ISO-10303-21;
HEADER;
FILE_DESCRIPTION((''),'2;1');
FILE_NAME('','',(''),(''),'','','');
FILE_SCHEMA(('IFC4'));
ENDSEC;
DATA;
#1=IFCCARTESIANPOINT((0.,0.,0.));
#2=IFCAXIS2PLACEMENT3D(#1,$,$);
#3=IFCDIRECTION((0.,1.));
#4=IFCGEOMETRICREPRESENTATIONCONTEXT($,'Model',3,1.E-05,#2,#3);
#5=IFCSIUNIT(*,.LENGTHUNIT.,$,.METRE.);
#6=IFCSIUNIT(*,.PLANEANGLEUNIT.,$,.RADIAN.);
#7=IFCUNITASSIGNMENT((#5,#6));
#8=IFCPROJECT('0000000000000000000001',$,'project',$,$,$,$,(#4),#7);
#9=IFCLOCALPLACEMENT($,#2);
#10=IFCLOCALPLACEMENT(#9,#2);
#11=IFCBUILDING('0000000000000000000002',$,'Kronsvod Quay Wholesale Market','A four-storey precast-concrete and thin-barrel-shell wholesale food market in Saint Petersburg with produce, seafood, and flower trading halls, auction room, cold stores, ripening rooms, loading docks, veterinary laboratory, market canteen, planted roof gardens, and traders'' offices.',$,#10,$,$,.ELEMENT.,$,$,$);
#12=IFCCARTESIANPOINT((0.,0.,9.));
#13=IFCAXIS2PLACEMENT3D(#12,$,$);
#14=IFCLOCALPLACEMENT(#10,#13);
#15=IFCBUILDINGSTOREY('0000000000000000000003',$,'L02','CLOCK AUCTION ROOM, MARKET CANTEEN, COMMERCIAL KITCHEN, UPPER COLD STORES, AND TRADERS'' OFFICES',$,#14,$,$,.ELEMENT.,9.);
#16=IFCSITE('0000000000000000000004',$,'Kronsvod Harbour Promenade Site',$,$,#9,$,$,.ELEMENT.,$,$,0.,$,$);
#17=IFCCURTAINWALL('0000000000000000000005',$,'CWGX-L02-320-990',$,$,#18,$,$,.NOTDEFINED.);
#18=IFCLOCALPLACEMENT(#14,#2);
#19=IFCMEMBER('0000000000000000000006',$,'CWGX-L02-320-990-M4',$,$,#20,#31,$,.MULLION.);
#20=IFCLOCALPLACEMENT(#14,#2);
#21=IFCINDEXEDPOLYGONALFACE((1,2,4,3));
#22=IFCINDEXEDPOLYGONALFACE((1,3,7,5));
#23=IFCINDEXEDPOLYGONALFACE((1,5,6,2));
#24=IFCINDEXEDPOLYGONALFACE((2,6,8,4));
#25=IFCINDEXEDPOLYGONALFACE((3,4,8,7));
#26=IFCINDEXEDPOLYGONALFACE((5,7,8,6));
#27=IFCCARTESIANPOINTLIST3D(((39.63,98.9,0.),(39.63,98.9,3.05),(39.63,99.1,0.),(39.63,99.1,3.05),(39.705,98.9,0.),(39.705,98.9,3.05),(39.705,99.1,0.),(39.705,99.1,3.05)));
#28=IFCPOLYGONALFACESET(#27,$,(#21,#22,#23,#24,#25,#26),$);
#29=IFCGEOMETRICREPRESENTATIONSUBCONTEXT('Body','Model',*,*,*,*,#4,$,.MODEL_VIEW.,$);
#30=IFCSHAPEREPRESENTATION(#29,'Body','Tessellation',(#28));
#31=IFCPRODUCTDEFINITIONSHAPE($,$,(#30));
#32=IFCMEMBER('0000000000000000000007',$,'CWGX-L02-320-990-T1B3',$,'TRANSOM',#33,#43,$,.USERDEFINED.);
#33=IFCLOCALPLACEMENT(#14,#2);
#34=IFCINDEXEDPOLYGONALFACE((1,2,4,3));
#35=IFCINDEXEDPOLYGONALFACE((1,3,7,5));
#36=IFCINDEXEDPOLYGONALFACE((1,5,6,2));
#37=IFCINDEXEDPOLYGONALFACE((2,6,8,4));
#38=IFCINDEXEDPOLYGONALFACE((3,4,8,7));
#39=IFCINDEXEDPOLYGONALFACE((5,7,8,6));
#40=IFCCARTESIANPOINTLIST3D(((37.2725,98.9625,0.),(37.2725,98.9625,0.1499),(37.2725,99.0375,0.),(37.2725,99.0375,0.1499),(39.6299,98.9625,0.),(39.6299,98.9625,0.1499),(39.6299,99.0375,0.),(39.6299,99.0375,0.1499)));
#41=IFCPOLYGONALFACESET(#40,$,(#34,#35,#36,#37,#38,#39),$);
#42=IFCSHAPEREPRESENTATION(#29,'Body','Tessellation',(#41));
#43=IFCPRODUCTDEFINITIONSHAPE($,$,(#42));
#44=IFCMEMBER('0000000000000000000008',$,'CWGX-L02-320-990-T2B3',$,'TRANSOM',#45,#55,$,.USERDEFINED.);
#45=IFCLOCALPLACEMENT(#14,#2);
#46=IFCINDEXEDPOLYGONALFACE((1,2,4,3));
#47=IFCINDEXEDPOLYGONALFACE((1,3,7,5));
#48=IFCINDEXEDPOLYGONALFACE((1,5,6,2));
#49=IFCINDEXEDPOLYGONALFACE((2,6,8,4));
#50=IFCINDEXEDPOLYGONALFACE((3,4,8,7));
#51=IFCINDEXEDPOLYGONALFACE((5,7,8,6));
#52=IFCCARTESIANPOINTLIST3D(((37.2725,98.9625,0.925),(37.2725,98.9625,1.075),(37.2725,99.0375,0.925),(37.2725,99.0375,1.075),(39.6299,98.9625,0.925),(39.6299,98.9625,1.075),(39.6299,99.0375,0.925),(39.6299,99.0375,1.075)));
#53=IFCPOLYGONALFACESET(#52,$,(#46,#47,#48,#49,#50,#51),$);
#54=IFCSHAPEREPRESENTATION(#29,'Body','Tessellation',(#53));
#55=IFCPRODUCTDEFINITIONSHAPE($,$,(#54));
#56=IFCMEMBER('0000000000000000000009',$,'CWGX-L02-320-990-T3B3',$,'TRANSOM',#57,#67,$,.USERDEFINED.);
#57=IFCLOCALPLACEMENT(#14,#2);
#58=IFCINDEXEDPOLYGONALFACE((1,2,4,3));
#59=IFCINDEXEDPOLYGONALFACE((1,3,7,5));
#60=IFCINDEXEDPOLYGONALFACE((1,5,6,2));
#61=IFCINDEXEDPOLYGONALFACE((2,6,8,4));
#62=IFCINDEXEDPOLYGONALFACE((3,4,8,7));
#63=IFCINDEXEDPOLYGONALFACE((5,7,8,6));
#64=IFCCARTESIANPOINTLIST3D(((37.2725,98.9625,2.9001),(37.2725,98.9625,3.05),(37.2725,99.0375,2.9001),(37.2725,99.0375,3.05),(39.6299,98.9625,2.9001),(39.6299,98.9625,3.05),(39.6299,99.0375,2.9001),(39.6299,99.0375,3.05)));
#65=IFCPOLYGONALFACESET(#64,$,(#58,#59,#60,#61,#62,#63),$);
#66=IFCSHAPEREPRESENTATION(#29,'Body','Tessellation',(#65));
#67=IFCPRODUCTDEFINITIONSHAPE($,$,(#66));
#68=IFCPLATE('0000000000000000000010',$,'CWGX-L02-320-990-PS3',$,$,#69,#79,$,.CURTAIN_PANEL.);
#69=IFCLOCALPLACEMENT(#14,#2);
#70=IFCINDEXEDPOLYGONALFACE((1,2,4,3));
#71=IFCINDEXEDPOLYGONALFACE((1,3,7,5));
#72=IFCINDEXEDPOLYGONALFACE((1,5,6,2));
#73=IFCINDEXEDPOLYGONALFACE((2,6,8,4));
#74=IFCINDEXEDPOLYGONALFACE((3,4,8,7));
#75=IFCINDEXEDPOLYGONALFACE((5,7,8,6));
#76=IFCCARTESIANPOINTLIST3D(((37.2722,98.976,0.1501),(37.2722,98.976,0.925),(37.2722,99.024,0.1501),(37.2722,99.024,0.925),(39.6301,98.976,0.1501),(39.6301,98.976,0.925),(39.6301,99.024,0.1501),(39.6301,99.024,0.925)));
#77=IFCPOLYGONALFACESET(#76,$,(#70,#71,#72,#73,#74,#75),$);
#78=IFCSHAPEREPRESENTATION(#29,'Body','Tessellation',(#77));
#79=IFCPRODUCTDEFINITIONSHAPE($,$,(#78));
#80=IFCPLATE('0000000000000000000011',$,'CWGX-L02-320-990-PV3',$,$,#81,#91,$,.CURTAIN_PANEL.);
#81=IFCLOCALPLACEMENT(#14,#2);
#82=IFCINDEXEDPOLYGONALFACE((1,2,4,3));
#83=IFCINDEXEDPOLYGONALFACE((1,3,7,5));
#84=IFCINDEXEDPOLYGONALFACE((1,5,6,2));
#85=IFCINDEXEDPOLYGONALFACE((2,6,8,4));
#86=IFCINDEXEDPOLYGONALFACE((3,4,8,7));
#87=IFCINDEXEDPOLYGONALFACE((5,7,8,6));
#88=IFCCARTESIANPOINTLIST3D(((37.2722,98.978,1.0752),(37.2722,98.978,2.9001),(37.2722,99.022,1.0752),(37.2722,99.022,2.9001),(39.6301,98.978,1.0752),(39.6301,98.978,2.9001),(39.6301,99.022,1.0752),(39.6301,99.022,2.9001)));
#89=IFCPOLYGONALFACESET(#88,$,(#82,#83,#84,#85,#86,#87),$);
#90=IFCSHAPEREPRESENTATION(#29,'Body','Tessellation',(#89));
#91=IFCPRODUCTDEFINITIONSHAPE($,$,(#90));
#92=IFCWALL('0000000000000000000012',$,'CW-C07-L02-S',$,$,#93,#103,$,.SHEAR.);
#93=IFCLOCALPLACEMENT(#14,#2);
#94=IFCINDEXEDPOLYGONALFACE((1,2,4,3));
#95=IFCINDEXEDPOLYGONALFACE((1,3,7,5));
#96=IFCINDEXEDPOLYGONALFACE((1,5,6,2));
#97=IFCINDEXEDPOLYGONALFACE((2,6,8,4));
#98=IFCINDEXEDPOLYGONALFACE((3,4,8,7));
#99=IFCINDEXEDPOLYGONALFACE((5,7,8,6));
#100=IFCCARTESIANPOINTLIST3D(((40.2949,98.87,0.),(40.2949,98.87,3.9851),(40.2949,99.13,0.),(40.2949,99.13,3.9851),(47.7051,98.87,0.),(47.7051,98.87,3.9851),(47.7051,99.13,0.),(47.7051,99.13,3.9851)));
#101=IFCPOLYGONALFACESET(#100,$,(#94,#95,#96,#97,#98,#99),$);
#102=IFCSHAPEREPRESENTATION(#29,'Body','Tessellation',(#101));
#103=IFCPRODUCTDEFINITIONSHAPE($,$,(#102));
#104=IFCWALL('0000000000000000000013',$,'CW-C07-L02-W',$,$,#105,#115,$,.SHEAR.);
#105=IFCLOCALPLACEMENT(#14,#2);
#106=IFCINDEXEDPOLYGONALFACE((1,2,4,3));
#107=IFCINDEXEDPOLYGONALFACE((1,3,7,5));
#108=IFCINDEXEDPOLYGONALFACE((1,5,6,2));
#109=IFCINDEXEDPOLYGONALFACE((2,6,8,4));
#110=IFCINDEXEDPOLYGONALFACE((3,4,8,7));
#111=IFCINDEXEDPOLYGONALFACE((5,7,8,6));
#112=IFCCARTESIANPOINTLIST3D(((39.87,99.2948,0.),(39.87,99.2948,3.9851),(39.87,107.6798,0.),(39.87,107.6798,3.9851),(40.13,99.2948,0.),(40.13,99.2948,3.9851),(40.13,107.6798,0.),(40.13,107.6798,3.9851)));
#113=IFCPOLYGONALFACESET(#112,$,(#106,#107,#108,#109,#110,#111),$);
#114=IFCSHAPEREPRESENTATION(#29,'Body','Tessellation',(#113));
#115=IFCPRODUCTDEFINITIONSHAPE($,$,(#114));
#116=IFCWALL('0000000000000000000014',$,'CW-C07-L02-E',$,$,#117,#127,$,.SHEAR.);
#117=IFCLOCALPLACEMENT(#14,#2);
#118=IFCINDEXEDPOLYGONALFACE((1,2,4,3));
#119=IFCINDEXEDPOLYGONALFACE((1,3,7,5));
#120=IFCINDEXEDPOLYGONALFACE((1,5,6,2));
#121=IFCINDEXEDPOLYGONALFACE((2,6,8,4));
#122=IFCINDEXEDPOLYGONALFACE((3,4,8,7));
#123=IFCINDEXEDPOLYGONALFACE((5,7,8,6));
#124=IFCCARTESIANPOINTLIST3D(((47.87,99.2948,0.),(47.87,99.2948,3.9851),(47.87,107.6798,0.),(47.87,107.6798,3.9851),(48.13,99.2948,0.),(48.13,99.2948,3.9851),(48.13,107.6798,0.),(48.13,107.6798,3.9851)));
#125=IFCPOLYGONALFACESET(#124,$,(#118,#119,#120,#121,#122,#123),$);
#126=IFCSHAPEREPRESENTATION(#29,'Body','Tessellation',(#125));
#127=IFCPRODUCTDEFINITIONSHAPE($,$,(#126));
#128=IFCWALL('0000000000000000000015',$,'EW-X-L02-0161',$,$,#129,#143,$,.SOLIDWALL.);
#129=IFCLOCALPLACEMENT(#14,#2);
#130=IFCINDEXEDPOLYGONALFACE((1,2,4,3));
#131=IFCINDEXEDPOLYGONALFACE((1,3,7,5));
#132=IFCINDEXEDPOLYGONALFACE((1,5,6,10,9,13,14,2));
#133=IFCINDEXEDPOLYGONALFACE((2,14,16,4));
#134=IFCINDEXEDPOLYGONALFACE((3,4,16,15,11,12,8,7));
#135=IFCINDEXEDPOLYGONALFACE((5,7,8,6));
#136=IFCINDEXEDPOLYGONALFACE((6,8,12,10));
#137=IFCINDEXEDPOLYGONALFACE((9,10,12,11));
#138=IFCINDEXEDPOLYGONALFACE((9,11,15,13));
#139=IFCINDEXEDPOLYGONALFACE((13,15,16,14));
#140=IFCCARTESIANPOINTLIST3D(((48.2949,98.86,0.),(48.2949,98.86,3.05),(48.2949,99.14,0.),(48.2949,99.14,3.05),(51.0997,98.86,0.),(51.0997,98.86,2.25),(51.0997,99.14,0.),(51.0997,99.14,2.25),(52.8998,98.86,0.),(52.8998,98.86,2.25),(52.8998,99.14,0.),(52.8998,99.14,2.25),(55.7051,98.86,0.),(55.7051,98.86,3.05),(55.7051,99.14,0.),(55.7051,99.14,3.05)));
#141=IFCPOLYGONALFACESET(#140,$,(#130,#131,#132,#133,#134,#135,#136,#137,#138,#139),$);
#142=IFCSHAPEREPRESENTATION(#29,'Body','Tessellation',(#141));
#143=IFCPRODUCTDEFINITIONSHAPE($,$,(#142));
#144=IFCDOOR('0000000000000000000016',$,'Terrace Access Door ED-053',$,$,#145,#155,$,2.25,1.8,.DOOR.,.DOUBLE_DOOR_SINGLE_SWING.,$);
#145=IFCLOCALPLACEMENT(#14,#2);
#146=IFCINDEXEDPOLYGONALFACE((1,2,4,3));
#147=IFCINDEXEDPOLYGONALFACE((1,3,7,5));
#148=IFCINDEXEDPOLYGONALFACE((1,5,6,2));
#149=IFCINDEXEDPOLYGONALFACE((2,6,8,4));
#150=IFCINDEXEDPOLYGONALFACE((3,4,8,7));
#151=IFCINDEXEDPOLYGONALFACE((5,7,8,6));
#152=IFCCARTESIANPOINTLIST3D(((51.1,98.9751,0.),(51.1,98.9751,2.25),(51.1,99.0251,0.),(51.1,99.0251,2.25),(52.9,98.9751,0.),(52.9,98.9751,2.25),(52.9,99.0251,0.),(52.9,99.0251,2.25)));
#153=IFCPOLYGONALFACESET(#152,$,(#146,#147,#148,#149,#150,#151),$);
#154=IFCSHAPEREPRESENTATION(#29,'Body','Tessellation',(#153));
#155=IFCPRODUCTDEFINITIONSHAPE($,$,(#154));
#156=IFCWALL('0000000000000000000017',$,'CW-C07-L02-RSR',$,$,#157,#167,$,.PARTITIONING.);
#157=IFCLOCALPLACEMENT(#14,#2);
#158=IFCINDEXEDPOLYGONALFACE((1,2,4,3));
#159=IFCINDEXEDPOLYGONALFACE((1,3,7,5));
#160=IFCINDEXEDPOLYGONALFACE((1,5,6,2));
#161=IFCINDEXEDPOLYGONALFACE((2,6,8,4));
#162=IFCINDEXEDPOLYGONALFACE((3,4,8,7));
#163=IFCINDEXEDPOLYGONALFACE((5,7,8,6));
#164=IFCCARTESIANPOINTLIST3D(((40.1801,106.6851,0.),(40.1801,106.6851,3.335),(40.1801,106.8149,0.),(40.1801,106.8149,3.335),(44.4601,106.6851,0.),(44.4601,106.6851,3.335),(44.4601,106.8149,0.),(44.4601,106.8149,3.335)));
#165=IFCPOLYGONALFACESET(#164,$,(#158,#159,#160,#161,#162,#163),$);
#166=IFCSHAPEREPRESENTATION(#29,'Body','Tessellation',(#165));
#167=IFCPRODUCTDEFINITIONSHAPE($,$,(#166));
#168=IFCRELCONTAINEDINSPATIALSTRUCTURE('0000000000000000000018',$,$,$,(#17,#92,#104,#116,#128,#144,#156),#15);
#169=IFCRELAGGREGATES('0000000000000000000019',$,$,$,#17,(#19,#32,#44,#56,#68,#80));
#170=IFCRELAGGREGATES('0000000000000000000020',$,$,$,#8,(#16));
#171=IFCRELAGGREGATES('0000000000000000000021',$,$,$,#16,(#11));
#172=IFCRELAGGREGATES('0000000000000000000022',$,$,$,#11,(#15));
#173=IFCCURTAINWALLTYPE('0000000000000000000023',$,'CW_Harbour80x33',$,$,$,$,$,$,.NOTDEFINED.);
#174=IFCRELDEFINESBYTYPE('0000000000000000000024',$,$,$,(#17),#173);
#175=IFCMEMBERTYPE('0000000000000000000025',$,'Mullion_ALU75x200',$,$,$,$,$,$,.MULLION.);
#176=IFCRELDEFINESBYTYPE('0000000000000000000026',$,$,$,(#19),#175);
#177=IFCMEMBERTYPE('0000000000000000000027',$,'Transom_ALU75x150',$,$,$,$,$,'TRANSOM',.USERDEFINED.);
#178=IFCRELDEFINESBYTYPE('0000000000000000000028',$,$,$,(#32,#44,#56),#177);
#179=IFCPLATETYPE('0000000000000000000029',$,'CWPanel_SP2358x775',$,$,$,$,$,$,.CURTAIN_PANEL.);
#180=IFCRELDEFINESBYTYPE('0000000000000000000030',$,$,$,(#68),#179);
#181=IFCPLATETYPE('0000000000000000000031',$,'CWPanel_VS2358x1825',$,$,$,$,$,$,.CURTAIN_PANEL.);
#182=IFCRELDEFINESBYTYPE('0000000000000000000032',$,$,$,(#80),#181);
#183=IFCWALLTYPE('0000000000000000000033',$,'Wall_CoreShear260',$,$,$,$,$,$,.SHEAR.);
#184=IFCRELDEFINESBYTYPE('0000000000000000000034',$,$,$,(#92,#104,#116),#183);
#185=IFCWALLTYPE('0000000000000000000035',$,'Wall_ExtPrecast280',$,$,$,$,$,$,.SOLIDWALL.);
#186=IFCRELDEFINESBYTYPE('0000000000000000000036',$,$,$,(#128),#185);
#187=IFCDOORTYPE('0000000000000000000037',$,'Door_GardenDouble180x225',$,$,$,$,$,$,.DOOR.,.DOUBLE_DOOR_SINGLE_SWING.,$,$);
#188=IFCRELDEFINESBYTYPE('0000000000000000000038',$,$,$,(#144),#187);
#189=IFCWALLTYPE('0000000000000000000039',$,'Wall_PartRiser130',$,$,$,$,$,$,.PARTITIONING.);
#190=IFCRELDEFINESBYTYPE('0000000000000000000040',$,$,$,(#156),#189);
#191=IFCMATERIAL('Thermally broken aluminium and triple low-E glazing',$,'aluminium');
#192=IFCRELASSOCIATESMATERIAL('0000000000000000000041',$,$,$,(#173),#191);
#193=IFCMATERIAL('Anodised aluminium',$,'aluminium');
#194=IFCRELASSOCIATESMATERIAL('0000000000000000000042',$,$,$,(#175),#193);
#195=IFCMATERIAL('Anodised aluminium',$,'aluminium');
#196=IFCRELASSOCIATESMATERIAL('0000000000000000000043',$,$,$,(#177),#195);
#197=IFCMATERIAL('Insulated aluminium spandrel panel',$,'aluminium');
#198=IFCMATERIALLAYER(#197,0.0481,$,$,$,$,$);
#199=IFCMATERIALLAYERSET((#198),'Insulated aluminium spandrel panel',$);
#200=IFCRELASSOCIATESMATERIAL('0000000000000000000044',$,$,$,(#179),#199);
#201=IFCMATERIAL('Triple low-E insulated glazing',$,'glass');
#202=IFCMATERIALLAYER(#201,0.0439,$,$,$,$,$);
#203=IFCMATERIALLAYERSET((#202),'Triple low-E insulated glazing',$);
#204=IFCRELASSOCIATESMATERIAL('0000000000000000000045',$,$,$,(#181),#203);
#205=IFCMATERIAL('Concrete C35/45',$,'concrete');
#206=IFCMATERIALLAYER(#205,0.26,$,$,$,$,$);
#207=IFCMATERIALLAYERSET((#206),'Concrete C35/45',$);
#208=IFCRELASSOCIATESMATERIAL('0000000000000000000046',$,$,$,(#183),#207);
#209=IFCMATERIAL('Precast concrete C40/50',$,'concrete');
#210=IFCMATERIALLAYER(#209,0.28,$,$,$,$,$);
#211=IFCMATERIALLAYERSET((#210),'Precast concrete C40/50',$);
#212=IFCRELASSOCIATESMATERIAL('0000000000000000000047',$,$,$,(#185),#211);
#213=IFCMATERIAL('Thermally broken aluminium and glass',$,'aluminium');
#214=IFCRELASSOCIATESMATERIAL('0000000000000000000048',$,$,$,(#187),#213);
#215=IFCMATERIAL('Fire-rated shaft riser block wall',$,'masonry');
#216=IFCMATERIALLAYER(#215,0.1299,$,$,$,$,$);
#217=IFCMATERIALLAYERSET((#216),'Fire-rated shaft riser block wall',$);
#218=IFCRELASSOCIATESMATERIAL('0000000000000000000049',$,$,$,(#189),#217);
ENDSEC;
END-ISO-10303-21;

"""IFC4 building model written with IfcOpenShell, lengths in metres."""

from ifc_helpers import new_model, si_unit, direction, frame, frame_2d, origin, origin_2d, place, context, subcontext, project, spatial, rectangle, extrude, material, layer, layer_set, material_profile, profile_set, type_object, element, fill, aggregate, save


model = new_model("IFC4")

# Units and contexts
model_context = context("Model", 3, precision=1e-05, world=origin(), true_north=direction((0.0, 1.0)))
body_context = subcontext(model_context, "Body", "Model", "MODEL_VIEW")
ifc_project = project(units=[si_unit("LENGTHUNIT", "METRE"), si_unit("PLANEANGLEUNIT", "RADIAN")], contexts=[model_context])

# Site, building, storey
site_placement = place(None, origin())
site = spatial("IfcSite", under=ifc_project, at=site_placement, Name="Kronsvod Harbour Promenade Site", CompositionType="ELEMENT", RefElevation=0.0)
building_placement = place(site_placement, origin())
building = spatial("IfcBuilding", under=site, at=building_placement, Name="Kronsvod Quay Wholesale Market", Description="A four-storey precast-concrete and thin-barrel-shell wholesale food market in Saint Petersburg with produce, seafood, and flower trading halls, auction room, cold stores, ripening rooms, loading docks, veterinary laboratory, market canteen, planted roof gardens, and traders' offices.", CompositionType="ELEMENT")
storey_placement = place(building_placement, frame((0.0, 0.0, 9.0)))
storey = spatial("IfcBuildingStorey", under=building, at=storey_placement, Name="L02", Description="CLOCK AUCTION ROOM, MARKET CANTEEN, COMMERCIAL KITCHEN, UPPER COLD STORES, AND TRADERS' OFFICES", CompositionType="ELEMENT", Elevation=9.0)

# Curtain wall, members, plates
ifc_material_1 = material(Name="Thermally broken aluminium and triple low-E glazing", Category="aluminium")
curtain_wall_type = type_object("IfcCurtainWallType", Name="CW_Harbour80x33", PredefinedType="NOTDEFINED", material=ifc_material_1)
curtain_wall_placement = place(storey_placement, origin())
curtain_wall = element("IfcCurtainWall", 1, at=curtain_wall_placement, inside=storey, type_object=curtain_wall_type, Name="CWGX-L02-320-990", PredefinedType="NOTDEFINED")
ifc_material_2 = material(Name="Anodised aluminium", Category="aluminium")
ifc_material_profile_1 = material_profile(ifc_material_2, rectangle(XDim=0.075, YDim=0.2, at=origin_2d()), Name="ALUM75x200")
ifc_profile_set_1 = profile_set([ifc_material_profile_1], Name="Anodised aluminium")
member_type_1 = type_object("IfcMemberType", Name="Mullion_ALU75x200", PredefinedType="MULLION", material=ifc_profile_set_1)
member_1_placement = place(storey_placement, frame((39.6675, 99.0, 0.0), z_axis=(0.0, 0.0, 1.0), x_axis=(1.0, 0.0, 0.0)))
member_1 = element("IfcMember", 2, at=member_1_placement, type_object=member_type_1, Name="CWGX-L02-320-990-M4", PredefinedType="MULLION", context=body_context, shape_type="SweptSolid", body=[
    extrude(rectangle(XDim=0.075, YDim=0.2, at=origin_2d()), origin(), (0.0, 0.0, 1.0), 3.05),
])
ifc_material_3 = material(Name="Anodised aluminium", Category="aluminium")
ifc_material_profile_2 = material_profile(ifc_material_3, rectangle(XDim=0.075, YDim=0.1499, at=origin_2d()), Name="ALUT75x150")
ifc_profile_set_2 = profile_set([ifc_material_profile_2], Name="Anodised aluminium")
member_type_2 = type_object("IfcMemberType", Name="Transom_ALU75x150", ElementType="TRANSOM", PredefinedType="USERDEFINED", material=ifc_profile_set_2)
member_2_placement = place(storey_placement, frame((37.2725, 99.0, 0.075), z_axis=(1.0, 0.0, 0.0), x_axis=(0.0, 1.0, 0.0)))
member_2 = element("IfcMember", 3, at=member_2_placement, type_object=member_type_2, Name="CWGX-L02-320-990-T1B3", ObjectType="TRANSOM", PredefinedType="USERDEFINED", context=body_context, shape_type="SweptSolid", body=[
    extrude(rectangle(XDim=0.075, YDim=0.1499, at=origin_2d()), origin(), (0.0, 0.0, 1.0), 2.3574),
])
member_3_placement = place(storey_placement, frame((37.2725, 99.0, 1.0), z_axis=(1.0, 0.0, 0.0), x_axis=(0.0, 1.0, 0.0)))
member_3 = element("IfcMember", 4, at=member_3_placement, type_object=member_type_2, Name="CWGX-L02-320-990-T2B3", ObjectType="TRANSOM", PredefinedType="USERDEFINED", context=body_context, shape_type="SweptSolid", body=[
    extrude(rectangle(XDim=0.075, YDim=0.1499, at=origin_2d()), origin(), (0.0, 0.0, 1.0), 2.3574),
])
member_4_placement = place(storey_placement, frame((37.2725, 99.0, 2.9751), z_axis=(1.0, 0.0, 0.0), x_axis=(0.0, 1.0, 0.0)))
member_4 = element("IfcMember", 5, at=member_4_placement, type_object=member_type_2, Name="CWGX-L02-320-990-T3B3", ObjectType="TRANSOM", PredefinedType="USERDEFINED", context=body_context, shape_type="SweptSolid", body=[
    extrude(rectangle(XDim=0.075, YDim=0.1499, at=origin_2d()), origin(), (0.0, 0.0, 1.0), 2.3574),
])
ifc_material_4 = material(Name="Insulated aluminium spandrel panel", Category="aluminium")
ifc_layer_1 = layer(ifc_material_4, 0.0481)
ifc_layer_set_1 = layer_set([ifc_layer_1], Name="Insulated aluminium spandrel panel")
plate_type_1 = type_object("IfcPlateType", Name="CWPanel_SP2358x775", PredefinedType="CURTAIN_PANEL", material=ifc_layer_set_1)
plate_1_placement = place(storey_placement, frame((38.4512, 99.0, 0.1501), z_axis=(0.0, 0.0, 1.0), x_axis=(1.0, 0.0, 0.0)))
plate_1 = element("IfcPlate", 6, at=plate_1_placement, type_object=plate_type_1, Name="CWGX-L02-320-990-PS3", PredefinedType="CURTAIN_PANEL", context=body_context, shape_type="SweptSolid", body=[
    extrude(rectangle(XDim=2.3579, YDim=0.0481, at=origin_2d()), origin(), (0.0, 0.0, 1.0), 0.7749),
])
ifc_material_5 = material(Name="Triple low-E insulated glazing", Category="glass")
ifc_layer_2 = layer(ifc_material_5, 0.0439)
ifc_layer_set_2 = layer_set([ifc_layer_2], Name="Triple low-E insulated glazing")
plate_type_2 = type_object("IfcPlateType", Name="CWPanel_VS2358x1825", PredefinedType="CURTAIN_PANEL", material=ifc_layer_set_2)
plate_2_placement = place(storey_placement, frame((38.4512, 99.0, 1.0752), z_axis=(0.0, 0.0, 1.0), x_axis=(1.0, 0.0, 0.0)))
plate_2 = element("IfcPlate", 7, at=plate_2_placement, type_object=plate_type_2, Name="CWGX-L02-320-990-PV3", PredefinedType="CURTAIN_PANEL", context=body_context, shape_type="SweptSolid", body=[
    extrude(rectangle(XDim=2.3579, YDim=0.0439, at=origin_2d()), origin(), (0.0, 0.0, 1.0), 1.825),
])
aggregate(curtain_wall, [member_1, member_2, member_3, member_4, plate_1, plate_2])

# Walls
ifc_material_6 = material(Name="Concrete C35/45", Category="concrete")
ifc_layer_3 = layer(ifc_material_6, 0.26)
ifc_layer_set_3 = layer_set([ifc_layer_3], Name="Concrete C35/45")
wall_type_1 = type_object("IfcWallType", Name="Wall_CoreShear260", PredefinedType="SHEAR", material=ifc_layer_set_3)
wall_1_placement = place(storey_placement, frame((40.2949, 99.0, 0.0), z_axis=(0.0, 0.0, 1.0), x_axis=(1.0, 0.0, 0.0)))
element("IfcWall", 8, at=wall_1_placement, inside=storey, type_object=wall_type_1, Name="CW-C07-L02-S", PredefinedType="SHEAR", context=body_context, shape_type="SweptSolid", body=[
    extrude(rectangle(XDim=7.4102, YDim=0.26, at=frame_2d((3.7051, 0.0))), origin(), (0.0, 0.0, 1.0), 3.9851),
])
for number, where, z_axis, x_axis, name in (
    (9, (40.0, 99.2949, 0.0), (0.0, 0.0, 1.0), (0.0, 1.0, 0.0), "CW-C07-L02-W"),
    (10, (48.0, 99.2949, 0.0), (0.0, 0.0, 1.0), (0.0, 1.0, 0.0), "CW-C07-L02-E"),
):
    element("IfcWall", number, at=place(storey_placement, frame(where, z_axis=z_axis, x_axis=x_axis)), inside=storey, type_object=wall_type_1, Name=name, PredefinedType="SHEAR", context=body_context, shape_type="SweptSolid", body=[
        extrude(rectangle(XDim=8.385, YDim=0.26, at=frame_2d((4.1924, 0.0))), origin(), (0.0, 0.0, 1.0), 3.9851),
    ])

# Wall, opening, door
ifc_material_7 = material(Name="Precast concrete C40/50", Category="concrete")
ifc_layer_4 = layer(ifc_material_7, 0.28)
ifc_layer_set_4 = layer_set([ifc_layer_4], Name="Precast concrete C40/50")
wall_type_2 = type_object("IfcWallType", Name="Wall_ExtPrecast280", PredefinedType="SOLIDWALL", material=ifc_layer_set_4)
wall_2_placement = place(storey_placement, frame((48.2949, 99.0, 0.0), z_axis=(0.0, 0.0, 1.0), x_axis=(1.0, 0.0, 0.0)))
wall_2 = element("IfcWall", 11, at=wall_2_placement, inside=storey, type_object=wall_type_2, Name="EW-X-L02-0161", PredefinedType="SOLIDWALL", context=body_context, shape_type="SweptSolid", body=[
    extrude(rectangle(XDim=7.4102, YDim=0.28, at=frame_2d((3.7051, 0.0))), origin(), (0.0, 0.0, 1.0), 3.05),
])
opening_1_placement = place(wall_2_placement, frame((2.8049, 0.0, 0.0)))
opening_1 = element("IfcOpeningElement", 12, at=opening_1_placement, cuts=wall_2, PredefinedType="OPENING", context=body_context, shape_type="SweptSolid", body=[
    extrude(rectangle(XDim=1.8, YDim=2.25, at=frame_2d((0.8999, 1.125))), frame((0.0, 0.1499, 0.0), z_axis=(0.0, -1.0, 0.0), x_axis=(1.0, 0.0, 0.0)), (0.0, 0.0, 1.0), 0.3),
])
ifc_material_8 = material(Name="Thermally broken aluminium and glass", Category="aluminium")
door_type_1 = type_object("IfcDoorType", Name="Door_GardenDouble180x225", OperationType="DOUBLE_DOOR_SINGLE_SWING", PredefinedType="DOOR", material=ifc_material_8)
door_1_placement = place(opening_1_placement, frame((1.8, 0.0, 0.0), z_axis=(0.0, 0.0, 1.0), x_axis=(-1.0, 0.0, 0.0)))
door_1 = element("IfcDoor", 13, at=door_1_placement, inside=storey, type_object=door_type_1, Name="Terrace Access Door ED-053", OperationType="DOUBLE_DOOR_SINGLE_SWING", OverallHeight=2.25, OverallWidth=1.8, PredefinedType="DOOR", context=body_context, shape_type="SweptSolid", body=[
    extrude(rectangle(XDim=1.8, YDim=2.25, at=frame_2d((0.8999, 1.125))), frame((0.0, 0.0249, 0.0), z_axis=(0.0, -1.0, 0.0), x_axis=(1.0, 0.0, 0.0)), (0.0, 0.0, 1.0), 0.05),
])
fill(opening_1, door_1)

# Wall
ifc_material_9 = material(Name="Fire-rated shaft riser block wall", Category="masonry")
ifc_layer_5 = layer(ifc_material_9, 0.1299)
ifc_layer_set_5 = layer_set([ifc_layer_5], Name="Fire-rated shaft riser block wall")
wall_type_3 = type_object("IfcWallType", Name="Wall_PartRiser130", PredefinedType="PARTITIONING", material=ifc_layer_set_5)
wall_3_placement = place(storey_placement, frame((40.1799, 106.75, 0.0), z_axis=(0.0, 0.0, 1.0), x_axis=(1.0, 0.0, 0.0)))
element("IfcWall", 14, at=wall_3_placement, inside=storey, type_object=wall_type_3, Name="CW-C07-L02-RSR", PredefinedType="PARTITIONING", context=body_context, shape_type="SweptSolid", body=[
    extrude(rectangle(XDim=4.28, YDim=0.1299, at=frame_2d((2.1401, 0.0))), origin(), (0.0, 0.0, 1.0), 3.335),
])

save(model, "model.ifc")
